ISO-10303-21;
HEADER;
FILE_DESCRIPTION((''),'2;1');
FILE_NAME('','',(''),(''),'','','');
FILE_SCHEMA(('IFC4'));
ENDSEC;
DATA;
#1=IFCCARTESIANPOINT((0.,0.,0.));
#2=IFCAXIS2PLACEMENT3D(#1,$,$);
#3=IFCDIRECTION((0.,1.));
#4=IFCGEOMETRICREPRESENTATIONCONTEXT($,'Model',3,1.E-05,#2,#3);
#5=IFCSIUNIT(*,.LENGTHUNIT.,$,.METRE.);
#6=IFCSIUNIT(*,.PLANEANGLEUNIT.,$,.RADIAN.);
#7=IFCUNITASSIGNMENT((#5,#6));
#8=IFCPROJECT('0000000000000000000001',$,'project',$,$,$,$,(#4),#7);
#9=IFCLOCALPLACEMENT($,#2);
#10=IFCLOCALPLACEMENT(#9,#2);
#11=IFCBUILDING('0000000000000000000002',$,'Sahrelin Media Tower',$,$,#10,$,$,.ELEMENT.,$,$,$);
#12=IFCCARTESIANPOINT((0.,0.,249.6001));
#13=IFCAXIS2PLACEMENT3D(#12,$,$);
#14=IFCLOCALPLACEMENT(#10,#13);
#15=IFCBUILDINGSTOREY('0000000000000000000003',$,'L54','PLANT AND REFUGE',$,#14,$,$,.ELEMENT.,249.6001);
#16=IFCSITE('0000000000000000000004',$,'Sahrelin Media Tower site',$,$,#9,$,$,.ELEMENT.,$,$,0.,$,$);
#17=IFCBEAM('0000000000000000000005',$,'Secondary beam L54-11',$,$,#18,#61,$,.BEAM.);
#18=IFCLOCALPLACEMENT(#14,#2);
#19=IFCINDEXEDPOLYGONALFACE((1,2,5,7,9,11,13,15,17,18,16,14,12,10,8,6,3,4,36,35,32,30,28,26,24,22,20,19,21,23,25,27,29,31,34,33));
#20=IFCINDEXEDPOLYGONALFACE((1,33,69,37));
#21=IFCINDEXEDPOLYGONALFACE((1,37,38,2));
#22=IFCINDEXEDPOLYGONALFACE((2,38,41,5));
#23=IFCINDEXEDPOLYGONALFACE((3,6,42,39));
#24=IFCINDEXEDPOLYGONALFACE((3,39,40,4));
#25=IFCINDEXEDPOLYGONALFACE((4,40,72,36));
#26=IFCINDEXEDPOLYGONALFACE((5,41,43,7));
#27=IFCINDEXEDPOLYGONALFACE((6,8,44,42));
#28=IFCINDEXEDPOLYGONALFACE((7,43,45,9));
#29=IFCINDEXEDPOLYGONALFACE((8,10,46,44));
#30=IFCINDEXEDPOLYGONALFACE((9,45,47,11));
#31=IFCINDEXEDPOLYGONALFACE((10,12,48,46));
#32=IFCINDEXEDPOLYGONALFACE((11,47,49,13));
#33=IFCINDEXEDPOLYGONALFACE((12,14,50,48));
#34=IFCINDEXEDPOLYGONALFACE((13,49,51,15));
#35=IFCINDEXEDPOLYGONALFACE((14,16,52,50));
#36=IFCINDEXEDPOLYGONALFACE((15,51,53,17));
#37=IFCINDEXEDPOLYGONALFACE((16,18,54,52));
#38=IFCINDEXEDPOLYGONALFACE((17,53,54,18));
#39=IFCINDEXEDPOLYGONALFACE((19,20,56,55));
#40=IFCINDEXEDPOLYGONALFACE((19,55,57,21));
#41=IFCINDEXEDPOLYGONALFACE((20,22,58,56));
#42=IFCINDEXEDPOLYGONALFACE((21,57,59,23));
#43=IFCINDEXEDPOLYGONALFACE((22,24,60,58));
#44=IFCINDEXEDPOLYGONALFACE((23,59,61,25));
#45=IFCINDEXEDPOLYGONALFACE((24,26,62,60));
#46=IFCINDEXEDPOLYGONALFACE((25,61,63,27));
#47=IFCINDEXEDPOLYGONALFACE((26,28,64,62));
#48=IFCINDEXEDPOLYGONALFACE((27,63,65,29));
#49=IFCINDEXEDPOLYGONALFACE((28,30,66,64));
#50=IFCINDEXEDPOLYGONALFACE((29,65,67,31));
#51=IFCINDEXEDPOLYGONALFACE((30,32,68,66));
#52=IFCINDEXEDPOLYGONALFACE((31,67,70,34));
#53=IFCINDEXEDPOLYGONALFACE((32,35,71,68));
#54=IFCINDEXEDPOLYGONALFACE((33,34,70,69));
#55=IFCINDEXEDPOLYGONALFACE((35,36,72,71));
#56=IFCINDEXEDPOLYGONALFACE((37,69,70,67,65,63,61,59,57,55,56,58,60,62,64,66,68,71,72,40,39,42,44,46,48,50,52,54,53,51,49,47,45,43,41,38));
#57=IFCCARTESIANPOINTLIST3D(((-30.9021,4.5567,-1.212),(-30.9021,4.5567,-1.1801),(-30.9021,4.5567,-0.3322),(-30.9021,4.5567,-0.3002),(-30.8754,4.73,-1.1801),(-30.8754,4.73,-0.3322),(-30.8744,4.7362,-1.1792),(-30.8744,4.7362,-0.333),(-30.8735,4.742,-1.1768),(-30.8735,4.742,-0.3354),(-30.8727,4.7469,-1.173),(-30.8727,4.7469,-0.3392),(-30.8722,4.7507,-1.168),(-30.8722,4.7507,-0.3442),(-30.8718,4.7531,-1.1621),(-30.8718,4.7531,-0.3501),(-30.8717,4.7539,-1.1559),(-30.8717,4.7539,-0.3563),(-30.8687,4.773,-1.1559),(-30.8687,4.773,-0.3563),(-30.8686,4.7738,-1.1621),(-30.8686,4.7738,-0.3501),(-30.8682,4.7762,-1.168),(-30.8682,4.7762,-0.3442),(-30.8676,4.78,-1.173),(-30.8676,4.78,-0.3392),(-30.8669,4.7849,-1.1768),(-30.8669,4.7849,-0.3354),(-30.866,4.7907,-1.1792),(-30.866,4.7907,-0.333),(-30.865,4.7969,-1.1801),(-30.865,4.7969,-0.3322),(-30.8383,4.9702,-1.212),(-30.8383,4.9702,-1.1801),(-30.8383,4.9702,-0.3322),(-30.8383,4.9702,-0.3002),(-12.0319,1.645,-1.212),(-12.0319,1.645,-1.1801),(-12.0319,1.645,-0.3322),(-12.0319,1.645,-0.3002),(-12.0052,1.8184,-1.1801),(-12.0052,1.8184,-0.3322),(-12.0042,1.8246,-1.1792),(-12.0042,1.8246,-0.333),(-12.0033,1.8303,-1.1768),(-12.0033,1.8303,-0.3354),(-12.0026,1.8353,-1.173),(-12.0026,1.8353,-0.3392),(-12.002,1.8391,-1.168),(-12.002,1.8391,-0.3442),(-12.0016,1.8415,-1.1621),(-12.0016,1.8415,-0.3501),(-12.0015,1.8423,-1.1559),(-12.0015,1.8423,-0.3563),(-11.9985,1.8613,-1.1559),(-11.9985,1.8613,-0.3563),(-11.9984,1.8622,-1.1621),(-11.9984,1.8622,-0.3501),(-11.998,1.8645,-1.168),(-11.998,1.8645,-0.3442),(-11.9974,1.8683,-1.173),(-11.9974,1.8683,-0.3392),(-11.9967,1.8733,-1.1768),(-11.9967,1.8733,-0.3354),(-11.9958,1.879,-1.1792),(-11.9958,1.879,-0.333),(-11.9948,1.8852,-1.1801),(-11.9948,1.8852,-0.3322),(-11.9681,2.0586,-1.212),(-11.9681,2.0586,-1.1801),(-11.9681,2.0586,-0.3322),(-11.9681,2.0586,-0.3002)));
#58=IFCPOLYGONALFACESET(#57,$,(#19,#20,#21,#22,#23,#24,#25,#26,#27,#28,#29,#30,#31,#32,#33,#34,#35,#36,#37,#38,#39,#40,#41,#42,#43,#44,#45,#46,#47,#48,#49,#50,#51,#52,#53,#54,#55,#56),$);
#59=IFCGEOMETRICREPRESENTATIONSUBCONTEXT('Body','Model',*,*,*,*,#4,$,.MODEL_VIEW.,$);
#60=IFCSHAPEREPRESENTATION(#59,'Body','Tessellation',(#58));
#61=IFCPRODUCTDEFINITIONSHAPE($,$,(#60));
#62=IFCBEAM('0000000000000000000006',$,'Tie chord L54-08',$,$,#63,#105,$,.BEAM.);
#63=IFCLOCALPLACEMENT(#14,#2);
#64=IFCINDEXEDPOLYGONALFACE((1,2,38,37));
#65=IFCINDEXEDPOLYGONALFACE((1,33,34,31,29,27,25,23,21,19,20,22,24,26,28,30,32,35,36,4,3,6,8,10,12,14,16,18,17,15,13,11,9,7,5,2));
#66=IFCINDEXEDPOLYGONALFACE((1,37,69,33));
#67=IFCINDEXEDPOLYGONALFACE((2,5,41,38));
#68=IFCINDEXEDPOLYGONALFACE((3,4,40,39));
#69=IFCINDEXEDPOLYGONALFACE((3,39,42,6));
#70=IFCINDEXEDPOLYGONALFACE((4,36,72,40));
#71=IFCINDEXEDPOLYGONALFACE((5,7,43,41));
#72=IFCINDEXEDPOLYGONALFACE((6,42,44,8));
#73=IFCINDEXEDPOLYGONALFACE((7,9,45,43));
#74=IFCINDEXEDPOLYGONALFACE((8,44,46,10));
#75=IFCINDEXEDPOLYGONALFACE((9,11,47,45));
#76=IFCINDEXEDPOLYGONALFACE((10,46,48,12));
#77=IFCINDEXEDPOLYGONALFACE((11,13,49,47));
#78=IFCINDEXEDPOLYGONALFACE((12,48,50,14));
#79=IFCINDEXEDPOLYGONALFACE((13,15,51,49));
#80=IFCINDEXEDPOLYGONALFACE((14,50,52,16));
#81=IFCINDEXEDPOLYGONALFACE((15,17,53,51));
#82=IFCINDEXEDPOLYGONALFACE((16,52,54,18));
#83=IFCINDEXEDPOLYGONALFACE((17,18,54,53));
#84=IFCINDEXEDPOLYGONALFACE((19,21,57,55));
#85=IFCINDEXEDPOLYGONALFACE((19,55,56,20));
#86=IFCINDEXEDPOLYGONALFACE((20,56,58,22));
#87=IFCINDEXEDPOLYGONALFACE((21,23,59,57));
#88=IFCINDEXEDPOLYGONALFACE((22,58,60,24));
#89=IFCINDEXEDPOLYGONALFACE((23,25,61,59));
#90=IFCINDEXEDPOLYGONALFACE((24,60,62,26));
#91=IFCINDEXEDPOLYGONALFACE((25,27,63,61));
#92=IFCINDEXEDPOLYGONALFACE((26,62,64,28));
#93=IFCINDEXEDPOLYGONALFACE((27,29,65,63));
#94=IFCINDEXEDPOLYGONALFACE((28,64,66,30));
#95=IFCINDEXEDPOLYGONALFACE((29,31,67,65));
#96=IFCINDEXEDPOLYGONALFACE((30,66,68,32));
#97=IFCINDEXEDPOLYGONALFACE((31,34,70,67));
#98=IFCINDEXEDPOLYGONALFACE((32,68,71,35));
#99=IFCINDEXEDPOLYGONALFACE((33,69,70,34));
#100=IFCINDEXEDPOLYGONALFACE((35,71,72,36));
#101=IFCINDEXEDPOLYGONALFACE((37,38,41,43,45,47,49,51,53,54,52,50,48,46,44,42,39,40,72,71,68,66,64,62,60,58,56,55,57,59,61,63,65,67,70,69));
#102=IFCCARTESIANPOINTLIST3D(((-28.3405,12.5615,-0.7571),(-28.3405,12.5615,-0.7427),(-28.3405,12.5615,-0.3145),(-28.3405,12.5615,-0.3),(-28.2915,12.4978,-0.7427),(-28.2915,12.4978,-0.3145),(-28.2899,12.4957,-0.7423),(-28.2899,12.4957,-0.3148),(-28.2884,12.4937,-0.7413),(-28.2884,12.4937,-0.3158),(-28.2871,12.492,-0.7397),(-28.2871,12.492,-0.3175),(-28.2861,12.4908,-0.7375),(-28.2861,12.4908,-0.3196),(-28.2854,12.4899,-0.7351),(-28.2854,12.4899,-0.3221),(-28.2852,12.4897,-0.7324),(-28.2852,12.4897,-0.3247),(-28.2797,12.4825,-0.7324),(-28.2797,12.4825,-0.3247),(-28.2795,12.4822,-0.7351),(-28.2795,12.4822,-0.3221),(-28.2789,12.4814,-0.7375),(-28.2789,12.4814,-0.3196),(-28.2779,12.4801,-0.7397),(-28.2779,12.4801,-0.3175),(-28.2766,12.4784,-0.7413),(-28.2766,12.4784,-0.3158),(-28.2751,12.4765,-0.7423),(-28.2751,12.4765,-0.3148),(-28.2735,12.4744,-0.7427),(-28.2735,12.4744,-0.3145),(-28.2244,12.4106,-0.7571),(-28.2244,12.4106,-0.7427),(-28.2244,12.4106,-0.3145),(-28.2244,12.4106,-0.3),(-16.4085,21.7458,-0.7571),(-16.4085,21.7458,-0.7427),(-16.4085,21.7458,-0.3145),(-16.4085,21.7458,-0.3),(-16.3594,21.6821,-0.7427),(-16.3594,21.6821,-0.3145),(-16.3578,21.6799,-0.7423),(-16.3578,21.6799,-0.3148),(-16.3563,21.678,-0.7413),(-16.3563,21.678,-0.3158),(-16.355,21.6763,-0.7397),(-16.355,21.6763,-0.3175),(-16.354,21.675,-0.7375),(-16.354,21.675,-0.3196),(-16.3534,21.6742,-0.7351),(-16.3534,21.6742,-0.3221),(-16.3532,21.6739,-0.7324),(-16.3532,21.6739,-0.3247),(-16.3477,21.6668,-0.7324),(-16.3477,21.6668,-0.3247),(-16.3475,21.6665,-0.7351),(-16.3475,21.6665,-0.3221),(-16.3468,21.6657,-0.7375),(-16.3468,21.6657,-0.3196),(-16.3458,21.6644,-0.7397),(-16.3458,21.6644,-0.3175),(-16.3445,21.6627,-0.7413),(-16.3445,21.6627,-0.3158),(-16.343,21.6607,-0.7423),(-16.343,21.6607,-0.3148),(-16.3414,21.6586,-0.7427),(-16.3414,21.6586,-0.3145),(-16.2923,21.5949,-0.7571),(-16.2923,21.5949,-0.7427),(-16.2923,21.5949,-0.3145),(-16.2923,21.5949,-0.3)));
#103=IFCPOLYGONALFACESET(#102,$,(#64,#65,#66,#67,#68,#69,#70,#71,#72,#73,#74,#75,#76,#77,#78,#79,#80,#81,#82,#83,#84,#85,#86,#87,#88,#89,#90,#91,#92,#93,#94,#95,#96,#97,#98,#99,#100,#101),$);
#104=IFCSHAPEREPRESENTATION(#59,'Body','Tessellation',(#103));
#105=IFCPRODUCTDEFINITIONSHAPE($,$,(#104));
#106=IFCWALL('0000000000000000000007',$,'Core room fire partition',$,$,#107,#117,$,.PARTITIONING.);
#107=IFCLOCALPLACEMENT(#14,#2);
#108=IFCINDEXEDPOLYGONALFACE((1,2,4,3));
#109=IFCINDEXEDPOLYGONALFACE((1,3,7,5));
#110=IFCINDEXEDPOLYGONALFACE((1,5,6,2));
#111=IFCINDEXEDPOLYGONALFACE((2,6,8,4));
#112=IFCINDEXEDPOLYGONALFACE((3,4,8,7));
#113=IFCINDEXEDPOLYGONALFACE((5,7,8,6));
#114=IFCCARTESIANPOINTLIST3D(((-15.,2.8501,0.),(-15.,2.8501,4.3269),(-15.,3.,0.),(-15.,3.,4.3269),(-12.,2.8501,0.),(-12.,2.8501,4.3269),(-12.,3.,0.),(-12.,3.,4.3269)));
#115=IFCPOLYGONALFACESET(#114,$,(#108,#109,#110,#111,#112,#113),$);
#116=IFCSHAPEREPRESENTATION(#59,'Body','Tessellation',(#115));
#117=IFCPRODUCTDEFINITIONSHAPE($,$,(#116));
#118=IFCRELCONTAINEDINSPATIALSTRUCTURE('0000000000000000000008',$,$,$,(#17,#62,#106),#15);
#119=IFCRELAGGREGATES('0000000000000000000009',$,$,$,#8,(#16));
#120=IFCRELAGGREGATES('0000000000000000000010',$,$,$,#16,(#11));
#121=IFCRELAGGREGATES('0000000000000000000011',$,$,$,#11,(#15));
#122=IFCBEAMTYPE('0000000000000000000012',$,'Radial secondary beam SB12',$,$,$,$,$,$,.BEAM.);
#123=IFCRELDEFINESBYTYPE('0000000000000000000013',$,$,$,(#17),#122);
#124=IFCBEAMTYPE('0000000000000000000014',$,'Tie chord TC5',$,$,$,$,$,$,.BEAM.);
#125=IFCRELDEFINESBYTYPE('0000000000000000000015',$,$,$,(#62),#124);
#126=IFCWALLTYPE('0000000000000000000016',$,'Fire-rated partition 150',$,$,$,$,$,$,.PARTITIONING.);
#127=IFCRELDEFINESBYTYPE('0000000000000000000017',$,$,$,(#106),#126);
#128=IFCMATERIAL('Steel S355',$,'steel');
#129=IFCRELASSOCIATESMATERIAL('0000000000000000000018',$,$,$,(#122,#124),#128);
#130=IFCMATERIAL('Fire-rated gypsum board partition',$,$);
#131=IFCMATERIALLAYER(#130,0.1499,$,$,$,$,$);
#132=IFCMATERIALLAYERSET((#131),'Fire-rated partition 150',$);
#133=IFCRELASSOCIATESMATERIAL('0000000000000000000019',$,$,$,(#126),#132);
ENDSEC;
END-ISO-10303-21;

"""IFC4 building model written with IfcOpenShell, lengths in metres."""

from ifc_helpers import new_model, si_unit, direction, frame, frame_2d, origin, origin_2d, place, context, subcontext, project, spatial, rectangle, i_section, extrude, material, layer, layer_set, material_profile, profile_set, type_object, element, save


model = new_model("IFC4")

# Units and contexts
model_context = context("Model", 3, precision=1e-05, world=origin(), true_north=direction((0.0, 1.0)))
body_context = subcontext(model_context, "Body", "Model", "MODEL_VIEW")
ifc_project = project(units=[si_unit("LENGTHUNIT", "METRE"), si_unit("PLANEANGLEUNIT", "RADIAN")], contexts=[model_context])

# Site, building, storey
site_placement = place(None, origin())
site = spatial("IfcSite", under=ifc_project, at=site_placement, Name="Sahrelin Media Tower site", CompositionType="ELEMENT", RefElevation=0.0)
building_placement = place(site_placement, origin())
building = spatial("IfcBuilding", under=site, at=building_placement, Name="Sahrelin Media Tower", CompositionType="ELEMENT")
storey_placement = place(building_placement, frame((0.0, 0.0, 249.6001)))
storey = spatial("IfcBuildingStorey", under=building, at=storey_placement, Name="L54", Description="PLANT AND REFUGE", CompositionType="ELEMENT", Elevation=249.6001)

# Beams
ifc_material_1 = material(Name="Steel S355", Category="steel")
ifc_material_profile_1 = material_profile(ifc_material_1, i_section(OverallWidth=0.4185, OverallDepth=0.9119, WebThickness=0.0193, FlangeThickness=0.032, FilletRadius=0.0242, at=origin_2d()), Name="UB 914x419x343")
ifc_profile_set_1 = profile_set([ifc_material_profile_1], Name="Steel S355")
beam_type_1 = type_object("IfcBeamType", Name="Radial secondary beam SB12", PredefinedType="BEAM", material=ifc_profile_set_1)
beam_1_placement = place(storey_placement, frame((-12.0, 1.8518, -0.7561), z_axis=(-0.988304, 0.152493, 0.0), x_axis=(-0.152493, -0.988304, 0.0)))
element("IfcBeam", 1, at=beam_1_placement, inside=storey, type_object=beam_type_1, Name="Secondary beam L54-11", PredefinedType="BEAM", context=body_context, shape_type="SweptSolid", body=[
    extrude(i_section(OverallWidth=0.4185, OverallDepth=0.9119, WebThickness=0.0193, FlangeThickness=0.032, FilletRadius=0.0242, at=origin_2d()), origin(), (0.0, 0.0, 1.0), 19.0935),
])
ifc_material_profile_2 = material_profile(ifc_material_1, i_section(OverallWidth=0.1904, OverallDepth=0.457, WebThickness=0.009, FlangeThickness=0.0144, FilletRadius=0.0103, at=origin_2d()), Name="UB 457x191x74")
ifc_profile_set_2 = profile_set([ifc_material_profile_2], Name="Steel S355")
beam_type_2 = type_object("IfcBeamType", Name="Tie chord TC5", PredefinedType="BEAM", material=ifc_profile_set_2)
beam_2_placement = place(storey_placement, frame((-28.2825, 12.4861, -0.5286), z_axis=(0.792439, 0.609951, 0.0), x_axis=(-0.609951, 0.792439, 0.0)))
element("IfcBeam", 2, at=beam_2_placement, inside=storey, type_object=beam_type_2, Name="Tie chord L54-08", PredefinedType="BEAM", context=body_context, shape_type="SweptSolid", body=[
    extrude(i_section(OverallWidth=0.1904, OverallDepth=0.457, WebThickness=0.009, FlangeThickness=0.0144, FilletRadius=0.0103, at=origin_2d()), origin(), (0.0, 0.0, 1.0), 15.0574),
])

# Wall
ifc_material_2 = material(Name="Fire-rated gypsum board partition")
ifc_layer = layer(ifc_material_2, 0.1499)
ifc_layer_set = layer_set([ifc_layer], Name="Fire-rated partition 150")
wall_type = type_object("IfcWallType", Name="Fire-rated partition 150", PredefinedType="PARTITIONING", material=ifc_layer_set)
wall_1_placement = place(storey_placement, frame((-15.0, 2.925, 0.0), z_axis=(0.0, 0.0, 1.0), x_axis=(1.0, 0.0, 0.0)))
element("IfcWall", 3, at=wall_1_placement, inside=storey, type_object=wall_type, Name="Core room fire partition", PredefinedType="PARTITIONING", context=body_context, shape_type="SweptSolid", body=[
    extrude(rectangle(XDim=3.0, YDim=0.1499, at=frame_2d((1.5, 0.0))), origin(), (0.0, 0.0, 1.0), 4.3269),
])

save(model, "model.ifc")
